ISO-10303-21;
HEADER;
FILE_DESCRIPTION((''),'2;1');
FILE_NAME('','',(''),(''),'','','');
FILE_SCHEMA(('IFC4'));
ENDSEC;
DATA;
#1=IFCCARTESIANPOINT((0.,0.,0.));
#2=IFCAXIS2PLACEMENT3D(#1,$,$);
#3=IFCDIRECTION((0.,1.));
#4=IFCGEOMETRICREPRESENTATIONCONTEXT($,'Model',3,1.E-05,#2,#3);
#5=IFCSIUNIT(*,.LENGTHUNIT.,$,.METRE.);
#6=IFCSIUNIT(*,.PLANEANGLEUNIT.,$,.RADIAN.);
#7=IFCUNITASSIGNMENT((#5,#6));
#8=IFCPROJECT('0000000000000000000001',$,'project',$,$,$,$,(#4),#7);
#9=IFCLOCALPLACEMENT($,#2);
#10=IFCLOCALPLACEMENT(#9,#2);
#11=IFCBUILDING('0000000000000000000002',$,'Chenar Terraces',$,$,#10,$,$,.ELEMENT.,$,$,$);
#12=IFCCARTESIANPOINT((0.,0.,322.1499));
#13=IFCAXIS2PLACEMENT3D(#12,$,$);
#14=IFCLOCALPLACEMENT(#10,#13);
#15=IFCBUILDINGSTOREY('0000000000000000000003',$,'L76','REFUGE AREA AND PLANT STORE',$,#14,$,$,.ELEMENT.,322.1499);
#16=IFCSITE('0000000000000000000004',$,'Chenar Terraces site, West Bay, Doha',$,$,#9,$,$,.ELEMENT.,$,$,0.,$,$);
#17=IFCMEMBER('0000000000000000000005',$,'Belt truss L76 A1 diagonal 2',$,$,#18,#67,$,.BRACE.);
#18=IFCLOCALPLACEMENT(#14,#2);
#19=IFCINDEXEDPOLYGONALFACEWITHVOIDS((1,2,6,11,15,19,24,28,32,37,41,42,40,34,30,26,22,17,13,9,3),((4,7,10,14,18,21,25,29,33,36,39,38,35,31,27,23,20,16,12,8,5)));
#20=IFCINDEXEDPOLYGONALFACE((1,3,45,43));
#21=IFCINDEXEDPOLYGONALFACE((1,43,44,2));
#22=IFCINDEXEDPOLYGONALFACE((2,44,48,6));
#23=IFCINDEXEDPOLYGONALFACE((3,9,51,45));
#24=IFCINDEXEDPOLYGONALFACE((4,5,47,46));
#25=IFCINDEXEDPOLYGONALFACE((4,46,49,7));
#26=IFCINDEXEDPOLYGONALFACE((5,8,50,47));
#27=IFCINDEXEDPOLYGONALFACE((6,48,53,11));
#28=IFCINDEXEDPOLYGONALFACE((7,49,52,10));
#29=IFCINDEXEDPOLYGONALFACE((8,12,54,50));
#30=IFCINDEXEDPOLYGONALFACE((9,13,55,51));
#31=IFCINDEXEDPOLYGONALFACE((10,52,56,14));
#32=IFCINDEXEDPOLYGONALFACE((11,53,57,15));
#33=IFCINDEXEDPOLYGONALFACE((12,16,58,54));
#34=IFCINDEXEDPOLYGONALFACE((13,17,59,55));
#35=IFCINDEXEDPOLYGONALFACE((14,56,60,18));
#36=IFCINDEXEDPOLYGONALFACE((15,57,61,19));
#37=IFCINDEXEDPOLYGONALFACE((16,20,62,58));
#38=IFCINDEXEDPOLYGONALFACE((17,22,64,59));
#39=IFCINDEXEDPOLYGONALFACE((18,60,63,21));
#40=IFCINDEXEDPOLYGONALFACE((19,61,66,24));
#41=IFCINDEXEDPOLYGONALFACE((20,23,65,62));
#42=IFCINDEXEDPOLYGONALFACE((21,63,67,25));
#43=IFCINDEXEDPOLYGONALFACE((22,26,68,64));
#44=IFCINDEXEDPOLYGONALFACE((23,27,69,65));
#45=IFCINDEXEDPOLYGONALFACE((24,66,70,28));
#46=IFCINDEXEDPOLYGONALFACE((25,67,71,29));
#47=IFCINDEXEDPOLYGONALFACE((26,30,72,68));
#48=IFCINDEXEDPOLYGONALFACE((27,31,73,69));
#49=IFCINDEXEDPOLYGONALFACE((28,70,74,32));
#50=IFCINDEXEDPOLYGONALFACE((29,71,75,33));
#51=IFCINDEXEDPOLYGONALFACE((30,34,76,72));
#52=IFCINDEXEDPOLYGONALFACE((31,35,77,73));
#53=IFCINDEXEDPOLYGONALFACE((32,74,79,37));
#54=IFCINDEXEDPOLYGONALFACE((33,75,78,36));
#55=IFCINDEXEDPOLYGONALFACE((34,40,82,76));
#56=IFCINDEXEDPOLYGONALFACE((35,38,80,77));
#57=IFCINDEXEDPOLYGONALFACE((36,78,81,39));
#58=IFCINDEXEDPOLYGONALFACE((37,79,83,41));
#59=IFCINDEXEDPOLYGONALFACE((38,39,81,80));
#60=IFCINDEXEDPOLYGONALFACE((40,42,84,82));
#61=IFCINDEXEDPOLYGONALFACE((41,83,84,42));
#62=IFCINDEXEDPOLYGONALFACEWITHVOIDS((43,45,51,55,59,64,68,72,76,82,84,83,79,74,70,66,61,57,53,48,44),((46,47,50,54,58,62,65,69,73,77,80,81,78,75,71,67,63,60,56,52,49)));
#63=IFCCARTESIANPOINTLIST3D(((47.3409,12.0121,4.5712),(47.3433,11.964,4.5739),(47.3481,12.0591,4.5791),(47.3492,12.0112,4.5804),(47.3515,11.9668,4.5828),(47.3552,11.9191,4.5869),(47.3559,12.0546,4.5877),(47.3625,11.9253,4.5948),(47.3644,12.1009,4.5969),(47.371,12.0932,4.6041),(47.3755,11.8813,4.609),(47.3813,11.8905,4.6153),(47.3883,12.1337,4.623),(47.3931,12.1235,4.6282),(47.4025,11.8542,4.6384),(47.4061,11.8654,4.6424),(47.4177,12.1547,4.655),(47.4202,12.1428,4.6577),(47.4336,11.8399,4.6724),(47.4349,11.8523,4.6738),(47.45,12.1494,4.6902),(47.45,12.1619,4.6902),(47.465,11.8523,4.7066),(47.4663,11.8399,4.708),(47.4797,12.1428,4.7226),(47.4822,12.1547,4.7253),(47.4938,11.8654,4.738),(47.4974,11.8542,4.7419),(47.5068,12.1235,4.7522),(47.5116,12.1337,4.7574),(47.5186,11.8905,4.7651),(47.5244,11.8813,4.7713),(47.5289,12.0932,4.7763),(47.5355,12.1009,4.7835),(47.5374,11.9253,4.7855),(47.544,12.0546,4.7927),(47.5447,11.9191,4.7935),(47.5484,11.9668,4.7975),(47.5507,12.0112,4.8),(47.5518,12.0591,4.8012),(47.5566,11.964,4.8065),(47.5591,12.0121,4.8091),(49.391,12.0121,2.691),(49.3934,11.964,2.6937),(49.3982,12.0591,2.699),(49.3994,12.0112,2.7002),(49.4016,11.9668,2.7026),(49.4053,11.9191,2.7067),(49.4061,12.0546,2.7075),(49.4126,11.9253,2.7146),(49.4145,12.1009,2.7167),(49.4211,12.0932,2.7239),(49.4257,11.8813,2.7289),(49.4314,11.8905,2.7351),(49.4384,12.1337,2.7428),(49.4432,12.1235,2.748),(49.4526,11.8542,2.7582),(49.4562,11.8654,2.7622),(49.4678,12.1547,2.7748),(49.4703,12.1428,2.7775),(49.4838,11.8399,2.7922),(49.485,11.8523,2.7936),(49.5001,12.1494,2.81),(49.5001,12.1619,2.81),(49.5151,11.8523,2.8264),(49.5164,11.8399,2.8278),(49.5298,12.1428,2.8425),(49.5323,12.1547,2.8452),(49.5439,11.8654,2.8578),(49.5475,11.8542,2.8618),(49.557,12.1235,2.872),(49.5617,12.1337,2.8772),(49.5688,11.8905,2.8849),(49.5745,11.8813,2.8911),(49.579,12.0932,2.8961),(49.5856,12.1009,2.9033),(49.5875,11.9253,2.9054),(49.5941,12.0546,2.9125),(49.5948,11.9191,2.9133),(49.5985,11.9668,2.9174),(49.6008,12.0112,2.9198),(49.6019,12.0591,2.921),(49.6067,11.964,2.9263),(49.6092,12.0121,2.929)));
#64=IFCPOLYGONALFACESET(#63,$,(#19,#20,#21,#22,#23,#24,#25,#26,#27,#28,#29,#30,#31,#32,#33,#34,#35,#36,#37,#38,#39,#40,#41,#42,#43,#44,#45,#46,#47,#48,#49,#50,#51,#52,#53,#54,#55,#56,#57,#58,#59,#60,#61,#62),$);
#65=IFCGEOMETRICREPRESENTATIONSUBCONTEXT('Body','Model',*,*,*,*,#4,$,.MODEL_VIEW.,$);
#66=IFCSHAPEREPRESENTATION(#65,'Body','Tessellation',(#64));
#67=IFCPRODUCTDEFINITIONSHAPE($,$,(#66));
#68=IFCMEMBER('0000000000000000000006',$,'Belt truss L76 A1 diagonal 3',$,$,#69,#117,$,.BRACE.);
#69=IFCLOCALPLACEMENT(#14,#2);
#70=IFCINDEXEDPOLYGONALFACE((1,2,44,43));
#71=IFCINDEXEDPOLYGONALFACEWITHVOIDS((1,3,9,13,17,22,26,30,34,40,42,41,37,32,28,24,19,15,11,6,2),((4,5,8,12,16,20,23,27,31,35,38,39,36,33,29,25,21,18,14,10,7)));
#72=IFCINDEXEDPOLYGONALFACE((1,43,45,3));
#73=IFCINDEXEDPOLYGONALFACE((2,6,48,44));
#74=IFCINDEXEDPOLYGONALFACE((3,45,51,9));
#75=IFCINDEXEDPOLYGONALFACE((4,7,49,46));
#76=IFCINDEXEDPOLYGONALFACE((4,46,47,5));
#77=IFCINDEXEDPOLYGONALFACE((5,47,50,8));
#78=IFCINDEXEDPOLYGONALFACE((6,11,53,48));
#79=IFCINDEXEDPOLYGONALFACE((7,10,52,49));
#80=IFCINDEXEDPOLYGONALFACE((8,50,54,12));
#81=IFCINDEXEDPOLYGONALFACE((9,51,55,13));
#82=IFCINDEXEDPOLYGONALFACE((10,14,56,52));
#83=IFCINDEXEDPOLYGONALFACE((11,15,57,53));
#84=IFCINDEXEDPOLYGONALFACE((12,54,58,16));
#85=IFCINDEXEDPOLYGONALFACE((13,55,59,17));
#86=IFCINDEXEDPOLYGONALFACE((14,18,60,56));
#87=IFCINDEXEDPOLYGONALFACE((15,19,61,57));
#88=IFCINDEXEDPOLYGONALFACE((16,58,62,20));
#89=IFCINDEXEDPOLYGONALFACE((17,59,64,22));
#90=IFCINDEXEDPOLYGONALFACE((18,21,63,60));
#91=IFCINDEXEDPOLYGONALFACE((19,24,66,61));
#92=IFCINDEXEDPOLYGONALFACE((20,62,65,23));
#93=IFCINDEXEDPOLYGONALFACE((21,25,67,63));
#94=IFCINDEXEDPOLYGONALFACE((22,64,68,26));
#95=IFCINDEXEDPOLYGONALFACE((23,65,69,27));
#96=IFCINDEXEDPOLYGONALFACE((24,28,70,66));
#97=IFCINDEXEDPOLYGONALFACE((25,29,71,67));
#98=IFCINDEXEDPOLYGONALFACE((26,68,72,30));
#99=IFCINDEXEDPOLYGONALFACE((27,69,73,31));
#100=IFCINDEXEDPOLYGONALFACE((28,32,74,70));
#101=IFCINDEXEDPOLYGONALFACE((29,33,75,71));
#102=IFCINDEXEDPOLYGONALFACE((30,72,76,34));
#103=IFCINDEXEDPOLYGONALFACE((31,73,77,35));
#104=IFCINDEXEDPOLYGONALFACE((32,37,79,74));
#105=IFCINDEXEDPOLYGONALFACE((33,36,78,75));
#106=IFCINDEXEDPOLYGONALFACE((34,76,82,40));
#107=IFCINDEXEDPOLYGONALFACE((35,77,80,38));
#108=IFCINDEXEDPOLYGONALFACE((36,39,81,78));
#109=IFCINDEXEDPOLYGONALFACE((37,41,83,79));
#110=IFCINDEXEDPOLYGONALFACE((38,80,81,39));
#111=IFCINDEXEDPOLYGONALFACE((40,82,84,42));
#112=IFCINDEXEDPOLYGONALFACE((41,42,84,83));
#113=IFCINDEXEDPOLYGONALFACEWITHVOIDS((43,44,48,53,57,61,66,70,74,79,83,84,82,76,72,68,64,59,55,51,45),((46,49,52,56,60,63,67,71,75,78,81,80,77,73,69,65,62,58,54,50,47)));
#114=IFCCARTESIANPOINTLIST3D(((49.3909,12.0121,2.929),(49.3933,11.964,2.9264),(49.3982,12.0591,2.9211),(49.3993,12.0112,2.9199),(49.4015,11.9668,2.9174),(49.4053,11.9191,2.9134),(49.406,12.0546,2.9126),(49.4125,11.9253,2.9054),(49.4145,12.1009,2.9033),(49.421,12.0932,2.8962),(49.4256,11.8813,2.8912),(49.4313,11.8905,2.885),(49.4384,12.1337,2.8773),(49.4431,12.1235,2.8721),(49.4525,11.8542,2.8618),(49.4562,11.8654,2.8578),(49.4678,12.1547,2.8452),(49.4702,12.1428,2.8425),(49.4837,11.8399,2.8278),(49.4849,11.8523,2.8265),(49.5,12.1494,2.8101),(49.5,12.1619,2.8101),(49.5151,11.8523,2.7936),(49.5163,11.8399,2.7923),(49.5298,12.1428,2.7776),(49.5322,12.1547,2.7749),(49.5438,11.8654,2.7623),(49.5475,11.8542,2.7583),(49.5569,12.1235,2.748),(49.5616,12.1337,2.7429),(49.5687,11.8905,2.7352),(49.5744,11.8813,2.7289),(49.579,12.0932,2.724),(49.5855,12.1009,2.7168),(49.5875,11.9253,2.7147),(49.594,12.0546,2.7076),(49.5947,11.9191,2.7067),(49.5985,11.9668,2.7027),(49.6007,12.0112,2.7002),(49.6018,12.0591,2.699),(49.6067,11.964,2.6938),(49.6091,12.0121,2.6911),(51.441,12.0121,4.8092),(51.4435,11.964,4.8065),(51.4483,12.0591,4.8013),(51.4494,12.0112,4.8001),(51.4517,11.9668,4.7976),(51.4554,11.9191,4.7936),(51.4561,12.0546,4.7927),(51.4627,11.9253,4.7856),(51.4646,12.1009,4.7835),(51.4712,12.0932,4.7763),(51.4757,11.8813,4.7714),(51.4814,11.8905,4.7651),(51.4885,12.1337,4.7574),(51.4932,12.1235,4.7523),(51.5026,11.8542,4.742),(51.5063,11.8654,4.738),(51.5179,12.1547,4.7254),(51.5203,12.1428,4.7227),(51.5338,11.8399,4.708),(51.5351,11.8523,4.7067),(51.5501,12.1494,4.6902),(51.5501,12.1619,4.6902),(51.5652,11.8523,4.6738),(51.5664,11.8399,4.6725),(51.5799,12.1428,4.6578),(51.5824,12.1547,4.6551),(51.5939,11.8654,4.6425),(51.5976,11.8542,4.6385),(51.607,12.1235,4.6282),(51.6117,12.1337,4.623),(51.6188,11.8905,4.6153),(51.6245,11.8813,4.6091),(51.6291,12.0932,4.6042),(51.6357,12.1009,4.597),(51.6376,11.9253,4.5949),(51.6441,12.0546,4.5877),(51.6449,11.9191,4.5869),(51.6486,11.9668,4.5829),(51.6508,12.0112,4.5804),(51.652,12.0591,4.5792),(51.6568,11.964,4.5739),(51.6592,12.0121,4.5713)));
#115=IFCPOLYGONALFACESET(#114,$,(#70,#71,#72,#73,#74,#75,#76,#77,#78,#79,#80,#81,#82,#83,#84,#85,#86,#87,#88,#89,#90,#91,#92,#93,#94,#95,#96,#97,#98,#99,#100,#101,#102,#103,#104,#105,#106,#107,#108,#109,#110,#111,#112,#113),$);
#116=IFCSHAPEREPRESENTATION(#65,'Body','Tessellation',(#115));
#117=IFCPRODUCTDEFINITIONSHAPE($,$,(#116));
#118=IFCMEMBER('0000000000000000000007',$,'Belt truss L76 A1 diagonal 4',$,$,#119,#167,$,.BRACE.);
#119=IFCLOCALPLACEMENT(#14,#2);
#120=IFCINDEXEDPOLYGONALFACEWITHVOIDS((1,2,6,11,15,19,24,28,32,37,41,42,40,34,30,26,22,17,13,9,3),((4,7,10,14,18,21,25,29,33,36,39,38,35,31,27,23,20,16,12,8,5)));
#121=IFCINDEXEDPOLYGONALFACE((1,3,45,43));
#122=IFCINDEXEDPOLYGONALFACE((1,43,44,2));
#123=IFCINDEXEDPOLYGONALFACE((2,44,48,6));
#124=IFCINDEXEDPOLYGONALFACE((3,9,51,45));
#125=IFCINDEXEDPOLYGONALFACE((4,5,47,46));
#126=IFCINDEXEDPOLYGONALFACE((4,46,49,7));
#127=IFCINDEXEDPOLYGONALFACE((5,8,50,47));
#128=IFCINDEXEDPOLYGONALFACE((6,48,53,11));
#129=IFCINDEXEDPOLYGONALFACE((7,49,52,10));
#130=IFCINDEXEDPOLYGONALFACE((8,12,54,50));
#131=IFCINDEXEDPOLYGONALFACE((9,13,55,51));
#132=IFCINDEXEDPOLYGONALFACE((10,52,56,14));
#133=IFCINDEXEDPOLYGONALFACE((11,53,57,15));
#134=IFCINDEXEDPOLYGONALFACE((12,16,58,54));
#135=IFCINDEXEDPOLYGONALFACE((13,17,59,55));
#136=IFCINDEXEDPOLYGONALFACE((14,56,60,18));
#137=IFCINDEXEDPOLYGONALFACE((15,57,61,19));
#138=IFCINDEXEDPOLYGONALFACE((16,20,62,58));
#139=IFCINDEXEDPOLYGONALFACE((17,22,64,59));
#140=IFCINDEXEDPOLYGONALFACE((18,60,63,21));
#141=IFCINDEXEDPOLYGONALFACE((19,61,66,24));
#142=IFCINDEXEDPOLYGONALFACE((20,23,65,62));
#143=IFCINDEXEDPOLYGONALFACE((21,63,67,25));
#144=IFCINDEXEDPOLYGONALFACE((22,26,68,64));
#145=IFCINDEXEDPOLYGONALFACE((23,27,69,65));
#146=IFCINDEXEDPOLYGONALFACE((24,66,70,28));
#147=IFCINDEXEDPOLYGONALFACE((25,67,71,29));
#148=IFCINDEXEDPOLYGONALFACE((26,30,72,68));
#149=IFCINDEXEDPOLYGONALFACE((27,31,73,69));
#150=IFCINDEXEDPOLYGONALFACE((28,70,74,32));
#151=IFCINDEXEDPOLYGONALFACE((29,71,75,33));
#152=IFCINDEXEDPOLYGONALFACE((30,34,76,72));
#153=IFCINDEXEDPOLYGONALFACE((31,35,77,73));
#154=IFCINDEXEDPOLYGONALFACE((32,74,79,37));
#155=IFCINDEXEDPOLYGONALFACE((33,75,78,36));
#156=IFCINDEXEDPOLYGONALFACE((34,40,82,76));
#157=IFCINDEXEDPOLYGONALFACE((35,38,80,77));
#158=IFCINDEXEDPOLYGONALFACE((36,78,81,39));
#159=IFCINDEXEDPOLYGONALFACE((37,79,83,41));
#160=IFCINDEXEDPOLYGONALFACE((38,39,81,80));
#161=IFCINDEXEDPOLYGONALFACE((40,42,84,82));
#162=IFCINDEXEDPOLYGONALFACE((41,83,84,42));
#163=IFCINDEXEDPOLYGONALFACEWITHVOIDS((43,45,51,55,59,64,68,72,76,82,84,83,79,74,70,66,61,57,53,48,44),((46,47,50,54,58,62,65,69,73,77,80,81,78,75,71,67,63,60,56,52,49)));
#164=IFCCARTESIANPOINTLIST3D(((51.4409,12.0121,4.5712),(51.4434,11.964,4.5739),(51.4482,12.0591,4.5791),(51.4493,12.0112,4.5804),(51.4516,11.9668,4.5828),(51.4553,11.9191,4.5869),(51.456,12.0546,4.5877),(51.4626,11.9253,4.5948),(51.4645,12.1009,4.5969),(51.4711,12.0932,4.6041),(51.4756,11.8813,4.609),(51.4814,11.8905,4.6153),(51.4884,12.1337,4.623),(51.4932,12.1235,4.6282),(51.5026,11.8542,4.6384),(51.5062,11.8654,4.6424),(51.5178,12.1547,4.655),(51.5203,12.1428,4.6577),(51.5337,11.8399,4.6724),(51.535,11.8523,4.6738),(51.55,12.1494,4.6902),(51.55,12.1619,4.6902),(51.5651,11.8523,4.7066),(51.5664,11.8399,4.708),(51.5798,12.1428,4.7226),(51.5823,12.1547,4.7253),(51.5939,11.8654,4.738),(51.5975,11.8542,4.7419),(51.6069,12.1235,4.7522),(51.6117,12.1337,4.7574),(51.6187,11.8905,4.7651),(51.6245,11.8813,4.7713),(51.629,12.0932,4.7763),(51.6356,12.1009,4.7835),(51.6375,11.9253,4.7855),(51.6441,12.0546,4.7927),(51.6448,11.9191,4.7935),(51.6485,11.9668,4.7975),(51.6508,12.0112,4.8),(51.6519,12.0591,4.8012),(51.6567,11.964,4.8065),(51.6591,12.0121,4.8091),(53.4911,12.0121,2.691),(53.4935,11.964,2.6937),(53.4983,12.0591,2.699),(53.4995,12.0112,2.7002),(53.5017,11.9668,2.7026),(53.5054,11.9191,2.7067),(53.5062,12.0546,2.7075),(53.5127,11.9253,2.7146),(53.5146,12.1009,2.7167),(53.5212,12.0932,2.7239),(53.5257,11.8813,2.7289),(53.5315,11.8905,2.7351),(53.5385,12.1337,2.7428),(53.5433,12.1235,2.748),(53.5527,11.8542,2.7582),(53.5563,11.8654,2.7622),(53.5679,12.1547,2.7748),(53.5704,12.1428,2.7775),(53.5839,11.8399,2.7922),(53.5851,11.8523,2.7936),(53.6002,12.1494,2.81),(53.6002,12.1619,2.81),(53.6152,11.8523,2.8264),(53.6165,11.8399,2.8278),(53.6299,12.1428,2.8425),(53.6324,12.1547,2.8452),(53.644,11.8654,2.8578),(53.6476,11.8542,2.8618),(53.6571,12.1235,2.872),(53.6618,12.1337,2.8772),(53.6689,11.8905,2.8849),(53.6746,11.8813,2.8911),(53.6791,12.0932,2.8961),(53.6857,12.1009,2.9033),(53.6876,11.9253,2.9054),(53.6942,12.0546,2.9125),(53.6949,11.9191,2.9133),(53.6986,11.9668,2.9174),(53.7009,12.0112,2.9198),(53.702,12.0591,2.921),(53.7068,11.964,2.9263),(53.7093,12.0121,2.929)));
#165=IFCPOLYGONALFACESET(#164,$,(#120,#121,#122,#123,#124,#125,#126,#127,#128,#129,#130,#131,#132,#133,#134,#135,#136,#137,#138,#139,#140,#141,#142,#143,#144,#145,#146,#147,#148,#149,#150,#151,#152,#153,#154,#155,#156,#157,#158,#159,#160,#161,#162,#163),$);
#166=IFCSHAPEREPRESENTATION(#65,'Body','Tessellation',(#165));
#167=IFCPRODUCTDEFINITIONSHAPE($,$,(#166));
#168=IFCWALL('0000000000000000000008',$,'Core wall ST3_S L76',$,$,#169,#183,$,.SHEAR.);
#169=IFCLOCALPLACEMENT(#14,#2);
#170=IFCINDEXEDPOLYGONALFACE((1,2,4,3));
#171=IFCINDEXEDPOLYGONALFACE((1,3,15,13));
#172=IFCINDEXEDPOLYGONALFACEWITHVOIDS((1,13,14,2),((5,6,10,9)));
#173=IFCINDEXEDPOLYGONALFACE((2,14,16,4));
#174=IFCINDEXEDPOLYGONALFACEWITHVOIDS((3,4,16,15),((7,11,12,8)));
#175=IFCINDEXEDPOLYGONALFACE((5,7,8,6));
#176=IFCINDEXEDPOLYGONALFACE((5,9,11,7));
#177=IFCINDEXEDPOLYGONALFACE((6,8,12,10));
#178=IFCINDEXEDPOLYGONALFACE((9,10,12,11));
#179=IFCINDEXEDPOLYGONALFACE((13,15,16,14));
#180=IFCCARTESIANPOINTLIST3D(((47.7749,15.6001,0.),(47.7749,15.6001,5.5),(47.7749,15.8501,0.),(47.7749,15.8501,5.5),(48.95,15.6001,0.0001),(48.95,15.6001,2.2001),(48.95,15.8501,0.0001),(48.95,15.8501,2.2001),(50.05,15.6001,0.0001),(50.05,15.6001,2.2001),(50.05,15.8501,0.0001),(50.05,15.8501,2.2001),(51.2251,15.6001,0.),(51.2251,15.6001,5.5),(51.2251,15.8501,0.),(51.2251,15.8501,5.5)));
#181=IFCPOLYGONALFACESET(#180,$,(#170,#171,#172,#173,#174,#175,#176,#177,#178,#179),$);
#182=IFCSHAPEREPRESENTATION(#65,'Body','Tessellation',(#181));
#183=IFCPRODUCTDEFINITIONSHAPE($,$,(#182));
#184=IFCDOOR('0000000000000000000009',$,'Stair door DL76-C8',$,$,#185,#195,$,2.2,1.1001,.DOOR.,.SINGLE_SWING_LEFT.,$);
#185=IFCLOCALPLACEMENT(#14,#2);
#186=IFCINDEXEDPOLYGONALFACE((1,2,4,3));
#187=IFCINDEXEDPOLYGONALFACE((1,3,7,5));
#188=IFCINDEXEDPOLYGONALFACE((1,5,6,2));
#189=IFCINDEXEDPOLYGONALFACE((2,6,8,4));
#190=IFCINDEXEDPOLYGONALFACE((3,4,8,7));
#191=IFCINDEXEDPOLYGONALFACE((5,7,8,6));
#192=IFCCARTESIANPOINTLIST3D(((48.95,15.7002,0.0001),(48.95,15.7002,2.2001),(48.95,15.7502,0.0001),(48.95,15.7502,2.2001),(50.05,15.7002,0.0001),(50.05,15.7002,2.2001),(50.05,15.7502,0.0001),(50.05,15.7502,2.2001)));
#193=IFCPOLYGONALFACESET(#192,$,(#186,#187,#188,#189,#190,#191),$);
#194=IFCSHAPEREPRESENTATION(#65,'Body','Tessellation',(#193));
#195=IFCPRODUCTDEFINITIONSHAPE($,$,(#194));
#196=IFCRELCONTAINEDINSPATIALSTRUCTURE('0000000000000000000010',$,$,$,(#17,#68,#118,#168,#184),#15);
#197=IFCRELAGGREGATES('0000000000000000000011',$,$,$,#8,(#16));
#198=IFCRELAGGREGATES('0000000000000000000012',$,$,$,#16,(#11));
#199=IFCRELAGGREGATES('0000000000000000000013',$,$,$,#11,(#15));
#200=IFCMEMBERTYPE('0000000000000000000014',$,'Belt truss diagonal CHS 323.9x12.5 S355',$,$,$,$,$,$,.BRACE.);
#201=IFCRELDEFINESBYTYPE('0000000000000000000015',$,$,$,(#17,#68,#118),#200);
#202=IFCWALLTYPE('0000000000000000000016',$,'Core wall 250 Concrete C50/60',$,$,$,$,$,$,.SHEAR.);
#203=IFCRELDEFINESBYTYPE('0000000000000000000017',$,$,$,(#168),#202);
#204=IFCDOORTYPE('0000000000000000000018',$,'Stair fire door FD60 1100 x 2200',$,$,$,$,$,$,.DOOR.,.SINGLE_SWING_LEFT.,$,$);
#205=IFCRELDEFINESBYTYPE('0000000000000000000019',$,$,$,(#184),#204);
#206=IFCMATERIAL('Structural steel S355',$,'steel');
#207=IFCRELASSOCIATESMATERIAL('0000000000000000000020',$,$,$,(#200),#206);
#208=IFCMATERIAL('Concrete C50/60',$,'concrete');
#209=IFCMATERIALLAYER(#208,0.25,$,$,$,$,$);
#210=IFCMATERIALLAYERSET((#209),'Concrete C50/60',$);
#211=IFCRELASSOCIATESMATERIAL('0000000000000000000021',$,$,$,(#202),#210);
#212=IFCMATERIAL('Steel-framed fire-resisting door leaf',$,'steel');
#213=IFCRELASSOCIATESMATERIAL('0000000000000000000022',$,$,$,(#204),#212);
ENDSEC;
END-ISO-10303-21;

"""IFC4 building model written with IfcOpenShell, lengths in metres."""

from ifc_helpers import new_model, si_unit, direction, frame, frame_2d, origin, origin_2d, place, context, subcontext, project, spatial, rectangle, hollow_circle, extrude, material, layer, layer_set, material_profile, profile_set, type_object, element, fill, save


model = new_model("IFC4")

# Units and contexts
model_context = context("Model", 3, precision=1e-05, world=origin(), true_north=direction((0.0, 1.0)))
body_context = subcontext(model_context, "Body", "Model", "MODEL_VIEW")
ifc_project = project(units=[si_unit("LENGTHUNIT", "METRE"), si_unit("PLANEANGLEUNIT", "RADIAN")], contexts=[model_context])

# Site, building, storey
site_placement = place(None, origin())
site = spatial("IfcSite", under=ifc_project, at=site_placement, Name="Chenar Terraces site, West Bay, Doha", CompositionType="ELEMENT", RefElevation=0.0)
building_placement = place(site_placement, origin())
building = spatial("IfcBuilding", under=site, at=building_placement, Name="Chenar Terraces", CompositionType="ELEMENT")
storey_placement = place(building_placement, frame((0.0, 0.0, 322.1499)))
storey = spatial("IfcBuildingStorey", under=building, at=storey_placement, Name="L76", Description="REFUGE AREA AND PLANT STORE", CompositionType="ELEMENT", Elevation=322.1499)

# Members
ifc_material_1 = material(Name="Structural steel S355", Category="steel")
ifc_material_profile_1 = material_profile(ifc_material_1, hollow_circle(Radius=0.1619, WallThickness=0.0125, at=origin_2d()), Name="CHS 323.9x12.5")
ifc_profile_set_1 = profile_set([ifc_material_profile_1], Name="Structural steel S355")
member_type = type_object("IfcMemberType", Name="Belt truss diagonal CHS 323.9x12.5 S355", PredefinedType="BRACE", material=ifc_profile_set_1)
for number, where, z_axis, x_axis, name in (
    (1, (47.45, 12.0, 4.6902), (0.73699, 0.0, -0.675903), (0.0, 1.0, 0.0), "Belt truss L76 A1 diagonal 2"),
    (2, (49.5, 12.0, 2.8101), (0.73699, 0.0, 0.675903), (0.0, 1.0, 0.0), "Belt truss L76 A1 diagonal 3"),
    (3, (51.55, 12.0, 4.6902), (0.73699, 0.0, -0.675903), (0.0, 1.0, 0.0), "Belt truss L76 A1 diagonal 4"),
):
    element("IfcMember", number, at=place(storey_placement, frame(where, z_axis=z_axis, x_axis=x_axis)), inside=storey, type_object=member_type, Name=name, PredefinedType="BRACE", context=body_context, shape_type="SweptSolid", body=[
        extrude(hollow_circle(Radius=0.1619, WallThickness=0.0125, at=origin_2d()), origin(), (0.0, 0.0, 1.0), 2.7817),
    ])

# Wall, opening, door
ifc_material_2 = material(Name="Concrete C50/60", Category="concrete")
ifc_layer_1 = layer(ifc_material_2, 0.25)
ifc_layer_set_1 = layer_set([ifc_layer_1], Name="Concrete C50/60")
wall_type_1 = type_object("IfcWallType", Name="Core wall 250 Concrete C50/60", PredefinedType="SHEAR", material=ifc_layer_set_1)
wall_1_placement = place(storey_placement, frame((47.7749, 15.7251, 0.0), z_axis=(0.0, 0.0, 1.0), x_axis=(1.0, 0.0, 0.0)))
wall_1 = element("IfcWall", 4, at=wall_1_placement, inside=storey, type_object=wall_type_1, Name="Core wall ST3_S L76", PredefinedType="SHEAR", context=body_context, shape_type="SweptSolid", body=[
    extrude(rectangle(XDim=3.4502, YDim=0.25, at=frame_2d((1.7251, 0.0))), origin(), (0.0, 0.0, 1.0), 5.5),
])
opening_1_placement = place(wall_1_placement, frame((1.175, 0.0, 0.0)))
opening_1 = element("IfcOpeningElement", 5, at=opening_1_placement, cuts=wall_1, PredefinedType="OPENING", context=body_context, shape_type="SweptSolid", body=[
    extrude(rectangle(XDim=1.1001, YDim=2.2, at=frame_2d((0.55, 1.1001))), frame((0.0, 0.135, 0.0), z_axis=(0.0, -1.0, 0.0), x_axis=(1.0, 0.0, 0.0)), (0.0, 0.0, 1.0), 0.27),
])
ifc_material_3 = material(Name="Steel-framed fire-resisting door leaf", Category="steel")
door_type_1 = type_object("IfcDoorType", Name="Stair fire door FD60 1100 x 2200", OperationType="SINGLE_SWING_LEFT", PredefinedType="DOOR", material=ifc_material_3)
door_1_placement = place(opening_1_placement, frame((1.1001, 0.0, 0.0), z_axis=(0.0, 0.0, 1.0), x_axis=(-1.0, 0.0, 0.0)))
door_1 = element("IfcDoor", 6, at=door_1_placement, inside=storey, type_object=door_type_1, Name="Stair door DL76-C8", OperationType="SINGLE_SWING_LEFT", OverallHeight=2.2, OverallWidth=1.1001, PredefinedType="DOOR", context=body_context, shape_type="SweptSolid", body=[
    extrude(rectangle(XDim=1.1001, YDim=2.2, at=frame_2d((0.55, 1.1001))), frame((0.0, 0.0249, 0.0), z_axis=(0.0, -1.0, 0.0), x_axis=(1.0, 0.0, 0.0)), (0.0, 0.0, 1.0), 0.05),
])
fill(opening_1, door_1)

save(model, "model.ifc")
